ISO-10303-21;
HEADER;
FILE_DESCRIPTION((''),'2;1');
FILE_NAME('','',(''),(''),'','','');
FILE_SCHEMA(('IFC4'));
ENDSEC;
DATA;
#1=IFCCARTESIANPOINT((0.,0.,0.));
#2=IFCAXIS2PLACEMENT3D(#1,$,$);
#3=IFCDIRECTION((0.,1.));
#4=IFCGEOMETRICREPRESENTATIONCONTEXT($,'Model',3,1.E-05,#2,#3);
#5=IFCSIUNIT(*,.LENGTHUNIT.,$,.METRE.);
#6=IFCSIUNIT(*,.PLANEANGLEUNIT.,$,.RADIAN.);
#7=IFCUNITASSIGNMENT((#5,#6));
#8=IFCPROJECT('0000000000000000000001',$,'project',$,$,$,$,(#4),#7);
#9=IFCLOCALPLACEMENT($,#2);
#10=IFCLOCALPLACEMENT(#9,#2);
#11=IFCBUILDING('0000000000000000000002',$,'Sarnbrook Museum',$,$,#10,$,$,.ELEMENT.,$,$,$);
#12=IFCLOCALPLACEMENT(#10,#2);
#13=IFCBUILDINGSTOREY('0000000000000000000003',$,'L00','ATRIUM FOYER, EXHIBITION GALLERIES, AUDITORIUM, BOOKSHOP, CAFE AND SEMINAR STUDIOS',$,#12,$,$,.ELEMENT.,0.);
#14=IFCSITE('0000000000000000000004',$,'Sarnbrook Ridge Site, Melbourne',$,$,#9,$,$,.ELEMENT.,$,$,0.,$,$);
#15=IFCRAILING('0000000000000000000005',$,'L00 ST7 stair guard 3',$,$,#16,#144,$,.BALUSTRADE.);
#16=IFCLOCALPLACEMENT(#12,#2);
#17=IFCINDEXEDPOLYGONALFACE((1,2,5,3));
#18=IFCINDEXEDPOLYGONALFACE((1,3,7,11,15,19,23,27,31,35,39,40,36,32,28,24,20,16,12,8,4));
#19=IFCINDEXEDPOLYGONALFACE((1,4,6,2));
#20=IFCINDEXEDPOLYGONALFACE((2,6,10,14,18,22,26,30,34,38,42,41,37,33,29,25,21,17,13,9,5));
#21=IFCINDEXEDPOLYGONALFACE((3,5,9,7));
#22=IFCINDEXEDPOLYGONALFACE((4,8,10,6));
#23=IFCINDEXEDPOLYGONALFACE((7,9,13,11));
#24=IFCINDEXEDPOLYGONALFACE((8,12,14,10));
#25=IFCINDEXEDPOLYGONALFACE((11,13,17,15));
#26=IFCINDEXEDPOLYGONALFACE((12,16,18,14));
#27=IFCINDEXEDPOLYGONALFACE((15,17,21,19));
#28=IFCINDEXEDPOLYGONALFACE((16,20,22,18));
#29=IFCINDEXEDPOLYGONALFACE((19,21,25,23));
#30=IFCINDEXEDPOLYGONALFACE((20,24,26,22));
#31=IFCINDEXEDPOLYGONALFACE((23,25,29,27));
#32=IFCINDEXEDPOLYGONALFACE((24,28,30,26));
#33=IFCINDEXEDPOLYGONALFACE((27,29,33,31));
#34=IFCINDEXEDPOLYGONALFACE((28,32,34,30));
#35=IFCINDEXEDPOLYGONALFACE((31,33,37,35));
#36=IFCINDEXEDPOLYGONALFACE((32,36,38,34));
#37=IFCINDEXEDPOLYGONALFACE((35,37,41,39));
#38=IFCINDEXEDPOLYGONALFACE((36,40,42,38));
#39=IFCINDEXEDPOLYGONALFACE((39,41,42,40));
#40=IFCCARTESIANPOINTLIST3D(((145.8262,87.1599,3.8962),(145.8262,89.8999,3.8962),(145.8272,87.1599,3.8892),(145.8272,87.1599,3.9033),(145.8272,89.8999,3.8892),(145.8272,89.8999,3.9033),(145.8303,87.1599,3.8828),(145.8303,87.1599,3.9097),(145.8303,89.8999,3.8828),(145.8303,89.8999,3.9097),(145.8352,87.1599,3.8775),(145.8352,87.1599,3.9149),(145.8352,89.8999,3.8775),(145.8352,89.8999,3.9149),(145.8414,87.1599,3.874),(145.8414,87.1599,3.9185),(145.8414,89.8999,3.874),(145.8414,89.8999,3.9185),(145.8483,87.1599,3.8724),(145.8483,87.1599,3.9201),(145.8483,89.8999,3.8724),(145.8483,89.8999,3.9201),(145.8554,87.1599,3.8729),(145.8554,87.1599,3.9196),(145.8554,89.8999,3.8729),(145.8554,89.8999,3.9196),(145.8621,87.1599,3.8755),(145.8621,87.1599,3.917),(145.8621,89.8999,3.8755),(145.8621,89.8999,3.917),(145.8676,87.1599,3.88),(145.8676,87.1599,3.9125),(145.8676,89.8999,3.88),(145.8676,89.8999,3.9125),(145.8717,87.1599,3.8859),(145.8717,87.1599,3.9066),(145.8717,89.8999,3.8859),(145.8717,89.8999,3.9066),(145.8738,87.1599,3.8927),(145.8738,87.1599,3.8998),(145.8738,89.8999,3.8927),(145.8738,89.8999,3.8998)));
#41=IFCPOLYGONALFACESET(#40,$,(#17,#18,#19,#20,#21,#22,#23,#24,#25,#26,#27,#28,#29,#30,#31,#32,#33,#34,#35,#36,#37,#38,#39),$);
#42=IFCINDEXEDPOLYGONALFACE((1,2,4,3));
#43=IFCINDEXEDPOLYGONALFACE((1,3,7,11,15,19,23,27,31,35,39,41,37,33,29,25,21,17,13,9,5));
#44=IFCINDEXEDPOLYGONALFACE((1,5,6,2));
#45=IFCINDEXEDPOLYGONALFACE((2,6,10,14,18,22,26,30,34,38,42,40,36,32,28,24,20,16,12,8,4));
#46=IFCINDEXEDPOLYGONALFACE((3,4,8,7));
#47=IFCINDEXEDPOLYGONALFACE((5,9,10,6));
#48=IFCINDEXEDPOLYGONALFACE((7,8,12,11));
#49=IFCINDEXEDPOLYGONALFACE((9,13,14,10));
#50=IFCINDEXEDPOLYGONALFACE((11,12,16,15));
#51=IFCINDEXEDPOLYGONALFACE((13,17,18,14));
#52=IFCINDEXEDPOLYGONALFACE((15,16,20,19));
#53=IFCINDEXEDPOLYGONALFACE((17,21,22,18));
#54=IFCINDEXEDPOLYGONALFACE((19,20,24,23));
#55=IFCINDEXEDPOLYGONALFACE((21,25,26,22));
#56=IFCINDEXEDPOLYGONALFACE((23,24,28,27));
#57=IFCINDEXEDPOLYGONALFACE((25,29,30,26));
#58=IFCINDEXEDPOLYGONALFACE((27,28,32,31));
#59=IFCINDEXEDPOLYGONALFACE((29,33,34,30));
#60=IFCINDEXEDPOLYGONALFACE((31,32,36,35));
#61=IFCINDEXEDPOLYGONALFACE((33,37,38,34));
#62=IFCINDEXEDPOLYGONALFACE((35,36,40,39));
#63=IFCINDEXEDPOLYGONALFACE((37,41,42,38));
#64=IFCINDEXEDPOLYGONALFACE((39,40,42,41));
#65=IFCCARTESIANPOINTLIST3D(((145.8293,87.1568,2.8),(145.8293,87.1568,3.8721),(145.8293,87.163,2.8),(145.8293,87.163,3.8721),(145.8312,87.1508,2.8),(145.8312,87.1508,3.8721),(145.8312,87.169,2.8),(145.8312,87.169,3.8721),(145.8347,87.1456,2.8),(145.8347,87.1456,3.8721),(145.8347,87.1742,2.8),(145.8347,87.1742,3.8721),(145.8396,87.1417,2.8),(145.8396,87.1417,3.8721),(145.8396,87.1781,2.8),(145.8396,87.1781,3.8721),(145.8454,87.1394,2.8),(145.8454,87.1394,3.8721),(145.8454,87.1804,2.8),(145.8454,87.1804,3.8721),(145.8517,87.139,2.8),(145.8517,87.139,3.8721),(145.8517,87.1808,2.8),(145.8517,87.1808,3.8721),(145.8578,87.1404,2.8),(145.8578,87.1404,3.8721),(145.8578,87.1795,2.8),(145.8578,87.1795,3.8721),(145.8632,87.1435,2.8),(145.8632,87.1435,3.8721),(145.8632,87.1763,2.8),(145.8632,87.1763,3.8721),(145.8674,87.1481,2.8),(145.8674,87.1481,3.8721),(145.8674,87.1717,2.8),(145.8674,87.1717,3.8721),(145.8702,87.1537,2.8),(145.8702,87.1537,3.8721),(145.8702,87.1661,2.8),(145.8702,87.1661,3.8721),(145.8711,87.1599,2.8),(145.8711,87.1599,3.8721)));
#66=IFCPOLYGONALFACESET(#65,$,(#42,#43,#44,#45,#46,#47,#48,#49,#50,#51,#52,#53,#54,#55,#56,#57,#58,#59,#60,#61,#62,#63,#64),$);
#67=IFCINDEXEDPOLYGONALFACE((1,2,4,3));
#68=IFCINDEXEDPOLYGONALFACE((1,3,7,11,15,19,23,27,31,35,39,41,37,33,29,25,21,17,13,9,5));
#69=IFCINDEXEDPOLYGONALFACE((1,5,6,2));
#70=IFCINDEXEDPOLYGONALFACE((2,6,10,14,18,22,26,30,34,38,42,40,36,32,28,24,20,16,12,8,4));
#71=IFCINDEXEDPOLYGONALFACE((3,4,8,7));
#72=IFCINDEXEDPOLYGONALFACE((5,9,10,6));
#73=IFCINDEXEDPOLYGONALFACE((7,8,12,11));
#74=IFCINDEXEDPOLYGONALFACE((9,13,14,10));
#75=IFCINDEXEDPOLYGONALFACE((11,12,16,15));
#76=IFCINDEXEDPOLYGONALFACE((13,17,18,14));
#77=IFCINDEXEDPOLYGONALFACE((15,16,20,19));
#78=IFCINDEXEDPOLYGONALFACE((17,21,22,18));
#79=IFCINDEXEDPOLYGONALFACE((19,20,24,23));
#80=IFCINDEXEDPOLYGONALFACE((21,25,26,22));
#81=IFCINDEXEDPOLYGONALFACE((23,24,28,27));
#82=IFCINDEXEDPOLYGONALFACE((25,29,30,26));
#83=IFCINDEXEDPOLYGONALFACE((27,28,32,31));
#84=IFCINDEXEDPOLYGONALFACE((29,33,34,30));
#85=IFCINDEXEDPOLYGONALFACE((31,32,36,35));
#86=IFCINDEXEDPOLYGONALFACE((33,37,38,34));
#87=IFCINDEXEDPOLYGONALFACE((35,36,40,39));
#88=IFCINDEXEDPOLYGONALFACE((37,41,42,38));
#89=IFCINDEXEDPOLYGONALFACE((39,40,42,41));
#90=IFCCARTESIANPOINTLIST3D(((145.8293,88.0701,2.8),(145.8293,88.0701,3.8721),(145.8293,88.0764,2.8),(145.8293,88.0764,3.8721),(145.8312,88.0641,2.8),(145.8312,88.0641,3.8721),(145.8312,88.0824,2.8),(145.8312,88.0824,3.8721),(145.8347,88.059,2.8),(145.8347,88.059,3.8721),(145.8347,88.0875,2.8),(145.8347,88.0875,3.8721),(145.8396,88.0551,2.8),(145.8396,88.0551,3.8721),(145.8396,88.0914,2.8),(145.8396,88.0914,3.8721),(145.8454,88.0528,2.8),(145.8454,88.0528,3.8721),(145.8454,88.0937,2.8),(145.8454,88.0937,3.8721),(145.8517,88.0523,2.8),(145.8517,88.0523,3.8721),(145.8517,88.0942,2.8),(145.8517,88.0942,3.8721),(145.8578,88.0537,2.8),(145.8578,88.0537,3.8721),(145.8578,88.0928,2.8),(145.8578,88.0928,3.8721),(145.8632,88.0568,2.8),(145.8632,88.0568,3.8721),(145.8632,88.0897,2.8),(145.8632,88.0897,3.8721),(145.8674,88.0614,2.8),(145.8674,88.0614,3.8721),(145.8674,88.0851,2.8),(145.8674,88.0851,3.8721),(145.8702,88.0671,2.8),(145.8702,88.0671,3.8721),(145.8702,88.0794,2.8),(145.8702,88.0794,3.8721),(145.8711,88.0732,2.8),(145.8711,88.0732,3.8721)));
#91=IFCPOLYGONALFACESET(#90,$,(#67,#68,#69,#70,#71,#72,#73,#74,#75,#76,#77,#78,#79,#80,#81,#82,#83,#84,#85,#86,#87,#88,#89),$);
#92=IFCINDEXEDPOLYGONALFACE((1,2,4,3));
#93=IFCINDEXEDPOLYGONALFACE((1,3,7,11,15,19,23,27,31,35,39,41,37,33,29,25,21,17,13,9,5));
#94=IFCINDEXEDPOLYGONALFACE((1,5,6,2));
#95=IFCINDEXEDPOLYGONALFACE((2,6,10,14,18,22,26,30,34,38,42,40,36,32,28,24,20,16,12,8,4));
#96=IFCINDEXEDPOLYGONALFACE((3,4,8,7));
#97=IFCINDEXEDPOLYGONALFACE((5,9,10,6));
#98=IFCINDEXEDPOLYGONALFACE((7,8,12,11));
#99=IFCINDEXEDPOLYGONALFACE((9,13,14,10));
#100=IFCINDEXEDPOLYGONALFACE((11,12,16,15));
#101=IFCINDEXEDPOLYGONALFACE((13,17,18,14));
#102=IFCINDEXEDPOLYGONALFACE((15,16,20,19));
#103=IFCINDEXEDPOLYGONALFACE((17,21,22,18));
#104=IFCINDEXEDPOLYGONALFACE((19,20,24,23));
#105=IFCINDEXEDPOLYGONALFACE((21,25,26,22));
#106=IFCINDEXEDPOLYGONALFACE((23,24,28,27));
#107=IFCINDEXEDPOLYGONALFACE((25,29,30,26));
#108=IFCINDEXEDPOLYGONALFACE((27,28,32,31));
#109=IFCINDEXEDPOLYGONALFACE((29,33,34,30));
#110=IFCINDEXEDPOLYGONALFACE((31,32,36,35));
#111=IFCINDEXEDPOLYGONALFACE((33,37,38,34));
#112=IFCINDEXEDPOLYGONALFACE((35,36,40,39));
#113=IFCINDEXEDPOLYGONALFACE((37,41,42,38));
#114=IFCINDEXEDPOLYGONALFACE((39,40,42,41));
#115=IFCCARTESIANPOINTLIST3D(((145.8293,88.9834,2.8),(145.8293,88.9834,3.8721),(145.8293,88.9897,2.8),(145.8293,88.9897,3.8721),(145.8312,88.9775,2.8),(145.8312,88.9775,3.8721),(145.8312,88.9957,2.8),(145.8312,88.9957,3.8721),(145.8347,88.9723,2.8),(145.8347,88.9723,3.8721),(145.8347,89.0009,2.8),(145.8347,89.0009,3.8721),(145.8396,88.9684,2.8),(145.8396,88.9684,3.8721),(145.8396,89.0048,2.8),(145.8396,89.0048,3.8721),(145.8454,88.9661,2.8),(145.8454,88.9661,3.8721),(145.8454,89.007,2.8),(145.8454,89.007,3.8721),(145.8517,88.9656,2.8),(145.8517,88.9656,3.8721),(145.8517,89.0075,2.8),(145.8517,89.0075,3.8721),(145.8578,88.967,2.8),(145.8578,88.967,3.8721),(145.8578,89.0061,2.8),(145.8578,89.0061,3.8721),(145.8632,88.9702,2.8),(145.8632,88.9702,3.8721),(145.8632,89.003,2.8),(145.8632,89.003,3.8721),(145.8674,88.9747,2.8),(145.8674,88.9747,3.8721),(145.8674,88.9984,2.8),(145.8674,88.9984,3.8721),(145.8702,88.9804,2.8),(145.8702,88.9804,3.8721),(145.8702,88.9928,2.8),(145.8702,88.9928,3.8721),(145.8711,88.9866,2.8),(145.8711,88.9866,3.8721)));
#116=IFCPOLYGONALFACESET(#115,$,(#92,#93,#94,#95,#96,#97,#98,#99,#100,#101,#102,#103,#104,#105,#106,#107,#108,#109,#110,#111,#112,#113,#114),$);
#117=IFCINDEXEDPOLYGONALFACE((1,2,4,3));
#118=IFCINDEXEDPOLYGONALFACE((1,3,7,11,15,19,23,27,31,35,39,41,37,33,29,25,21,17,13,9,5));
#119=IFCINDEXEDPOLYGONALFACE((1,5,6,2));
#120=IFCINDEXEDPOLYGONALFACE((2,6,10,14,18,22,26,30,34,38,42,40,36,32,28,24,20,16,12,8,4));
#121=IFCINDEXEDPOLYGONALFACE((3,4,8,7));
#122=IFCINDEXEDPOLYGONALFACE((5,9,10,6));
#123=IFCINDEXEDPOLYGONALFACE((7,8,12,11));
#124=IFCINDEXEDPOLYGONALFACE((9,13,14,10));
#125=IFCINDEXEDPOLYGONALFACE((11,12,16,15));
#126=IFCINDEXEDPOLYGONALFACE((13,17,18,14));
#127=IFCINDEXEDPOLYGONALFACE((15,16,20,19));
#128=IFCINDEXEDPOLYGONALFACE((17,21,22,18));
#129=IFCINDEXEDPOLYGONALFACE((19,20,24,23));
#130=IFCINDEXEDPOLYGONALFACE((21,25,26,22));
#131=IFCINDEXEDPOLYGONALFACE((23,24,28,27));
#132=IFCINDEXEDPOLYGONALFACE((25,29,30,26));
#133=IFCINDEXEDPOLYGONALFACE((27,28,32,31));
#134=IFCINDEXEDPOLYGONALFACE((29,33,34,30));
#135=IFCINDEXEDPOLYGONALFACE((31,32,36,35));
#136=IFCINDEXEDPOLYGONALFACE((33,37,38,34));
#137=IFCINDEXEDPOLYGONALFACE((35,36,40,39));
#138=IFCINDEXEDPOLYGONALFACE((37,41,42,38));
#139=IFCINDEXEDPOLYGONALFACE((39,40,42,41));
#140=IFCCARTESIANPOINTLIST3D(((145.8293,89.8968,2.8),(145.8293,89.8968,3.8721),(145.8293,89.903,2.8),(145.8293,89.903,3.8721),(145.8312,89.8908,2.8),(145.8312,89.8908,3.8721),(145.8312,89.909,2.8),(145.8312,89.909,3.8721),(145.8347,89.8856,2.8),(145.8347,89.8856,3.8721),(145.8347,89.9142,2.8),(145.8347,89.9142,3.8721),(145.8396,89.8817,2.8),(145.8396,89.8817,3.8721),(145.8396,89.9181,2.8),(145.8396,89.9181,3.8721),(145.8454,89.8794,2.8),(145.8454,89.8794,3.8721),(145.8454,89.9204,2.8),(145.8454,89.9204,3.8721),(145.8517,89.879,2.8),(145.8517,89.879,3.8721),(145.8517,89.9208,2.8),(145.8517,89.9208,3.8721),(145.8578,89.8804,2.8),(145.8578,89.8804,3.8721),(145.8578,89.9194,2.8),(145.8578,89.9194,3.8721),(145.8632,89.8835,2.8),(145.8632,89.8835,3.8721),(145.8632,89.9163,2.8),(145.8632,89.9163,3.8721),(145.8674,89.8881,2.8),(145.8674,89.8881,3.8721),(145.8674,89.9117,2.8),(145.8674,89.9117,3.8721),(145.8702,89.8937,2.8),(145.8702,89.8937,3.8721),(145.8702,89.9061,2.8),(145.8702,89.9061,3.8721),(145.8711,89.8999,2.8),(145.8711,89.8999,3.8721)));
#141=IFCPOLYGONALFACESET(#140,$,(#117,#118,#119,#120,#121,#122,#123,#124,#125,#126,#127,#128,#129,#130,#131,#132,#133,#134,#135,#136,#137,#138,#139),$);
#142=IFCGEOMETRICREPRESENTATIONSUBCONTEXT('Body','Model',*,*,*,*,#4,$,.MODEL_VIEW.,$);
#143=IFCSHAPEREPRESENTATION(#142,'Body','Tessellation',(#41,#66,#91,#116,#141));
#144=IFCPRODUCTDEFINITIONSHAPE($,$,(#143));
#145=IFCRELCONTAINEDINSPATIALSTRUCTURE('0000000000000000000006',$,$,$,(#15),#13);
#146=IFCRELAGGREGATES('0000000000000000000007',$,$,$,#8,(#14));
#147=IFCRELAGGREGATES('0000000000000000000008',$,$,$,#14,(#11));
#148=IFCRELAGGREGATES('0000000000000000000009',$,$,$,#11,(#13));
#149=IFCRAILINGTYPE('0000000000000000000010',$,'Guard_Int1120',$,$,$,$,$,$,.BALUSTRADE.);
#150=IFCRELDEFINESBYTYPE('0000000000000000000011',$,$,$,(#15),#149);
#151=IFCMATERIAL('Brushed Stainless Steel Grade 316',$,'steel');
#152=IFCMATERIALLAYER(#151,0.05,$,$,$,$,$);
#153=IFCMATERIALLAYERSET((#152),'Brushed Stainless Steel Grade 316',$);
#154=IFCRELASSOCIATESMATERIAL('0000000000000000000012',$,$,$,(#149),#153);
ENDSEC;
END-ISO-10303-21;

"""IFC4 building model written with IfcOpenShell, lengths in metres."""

from ifc_helpers import new_model, si_unit, direction, frame, origin, origin_2d, place, context, subcontext, project, spatial, circle, extrude, material, layer, layer_set, type_object, element, save


model = new_model("IFC4")

# Units and contexts
model_context = context("Model", 3, precision=1e-05, world=origin(), true_north=direction((0.0, 1.0)))
body_context = subcontext(model_context, "Body", "Model", "MODEL_VIEW")
ifc_project = project(units=[si_unit("LENGTHUNIT", "METRE"), si_unit("PLANEANGLEUNIT", "RADIAN")], contexts=[model_context])

# Site, building, storey
site_placement = place(None, origin())
site = spatial("IfcSite", under=ifc_project, at=site_placement, Name="Sarnbrook Ridge Site, Melbourne", CompositionType="ELEMENT", RefElevation=0.0)
building_placement = place(site_placement, origin())
building = spatial("IfcBuilding", under=site, at=building_placement, Name="Sarnbrook Museum", CompositionType="ELEMENT")
storey_placement = place(building_placement, origin())
storey = spatial("IfcBuildingStorey", under=building, at=storey_placement, Name="L00", Description="ATRIUM FOYER, EXHIBITION GALLERIES, AUDITORIUM, BOOKSHOP, CAFE AND SEMINAR STUDIOS", CompositionType="ELEMENT", Elevation=0.0)

# Railing
ifc_material_1 = material(Name="Brushed Stainless Steel Grade 316", Category="steel")
ifc_layer_1 = layer(ifc_material_1, 0.05)
ifc_layer_set_1 = layer_set([ifc_layer_1], Name="Brushed Stainless Steel Grade 316")
railing_type_1 = type_object("IfcRailingType", Name="Guard_Int1120", PredefinedType="BALUSTRADE", material=ifc_layer_set_1)
for number, where, name in (
    (1, (145.8501, 87.1599, 2.8), "L00 ST7 stair guard 3"),
):
    element("IfcRailing", number, at=place(storey_placement, frame(where)), inside=storey, type_object=railing_type_1, Name=name, PredefinedType="BALUSTRADE", context=body_context, shape_type="SweptSolid", body=[
        extrude(circle(Radius=0.0239, at=origin_2d()), frame((0.0, 0.0, 1.0962), z_axis=(0.0, 1.0, 0.0), x_axis=(-1.0, 0.0, 0.0)), (0.0, 0.0, 1.0), 2.74),
        extrude(circle(Radius=0.021, at=origin_2d()), origin(), (0.0, 0.0, 1.0), 1.072),
        extrude(circle(Radius=0.021, at=origin_2d()), frame((0.0, 0.9133, 0.0)), (0.0, 0.0, 1.0), 1.072),
        extrude(circle(Radius=0.021, at=origin_2d()), frame((0.0, 1.8267, 0.0)), (0.0, 0.0, 1.0), 1.072),
        extrude(circle(Radius=0.021, at=origin_2d()), frame((0.0, 2.74, 0.0)), (0.0, 0.0, 1.0), 1.072),
    ])

save(model, "model.ifc")
